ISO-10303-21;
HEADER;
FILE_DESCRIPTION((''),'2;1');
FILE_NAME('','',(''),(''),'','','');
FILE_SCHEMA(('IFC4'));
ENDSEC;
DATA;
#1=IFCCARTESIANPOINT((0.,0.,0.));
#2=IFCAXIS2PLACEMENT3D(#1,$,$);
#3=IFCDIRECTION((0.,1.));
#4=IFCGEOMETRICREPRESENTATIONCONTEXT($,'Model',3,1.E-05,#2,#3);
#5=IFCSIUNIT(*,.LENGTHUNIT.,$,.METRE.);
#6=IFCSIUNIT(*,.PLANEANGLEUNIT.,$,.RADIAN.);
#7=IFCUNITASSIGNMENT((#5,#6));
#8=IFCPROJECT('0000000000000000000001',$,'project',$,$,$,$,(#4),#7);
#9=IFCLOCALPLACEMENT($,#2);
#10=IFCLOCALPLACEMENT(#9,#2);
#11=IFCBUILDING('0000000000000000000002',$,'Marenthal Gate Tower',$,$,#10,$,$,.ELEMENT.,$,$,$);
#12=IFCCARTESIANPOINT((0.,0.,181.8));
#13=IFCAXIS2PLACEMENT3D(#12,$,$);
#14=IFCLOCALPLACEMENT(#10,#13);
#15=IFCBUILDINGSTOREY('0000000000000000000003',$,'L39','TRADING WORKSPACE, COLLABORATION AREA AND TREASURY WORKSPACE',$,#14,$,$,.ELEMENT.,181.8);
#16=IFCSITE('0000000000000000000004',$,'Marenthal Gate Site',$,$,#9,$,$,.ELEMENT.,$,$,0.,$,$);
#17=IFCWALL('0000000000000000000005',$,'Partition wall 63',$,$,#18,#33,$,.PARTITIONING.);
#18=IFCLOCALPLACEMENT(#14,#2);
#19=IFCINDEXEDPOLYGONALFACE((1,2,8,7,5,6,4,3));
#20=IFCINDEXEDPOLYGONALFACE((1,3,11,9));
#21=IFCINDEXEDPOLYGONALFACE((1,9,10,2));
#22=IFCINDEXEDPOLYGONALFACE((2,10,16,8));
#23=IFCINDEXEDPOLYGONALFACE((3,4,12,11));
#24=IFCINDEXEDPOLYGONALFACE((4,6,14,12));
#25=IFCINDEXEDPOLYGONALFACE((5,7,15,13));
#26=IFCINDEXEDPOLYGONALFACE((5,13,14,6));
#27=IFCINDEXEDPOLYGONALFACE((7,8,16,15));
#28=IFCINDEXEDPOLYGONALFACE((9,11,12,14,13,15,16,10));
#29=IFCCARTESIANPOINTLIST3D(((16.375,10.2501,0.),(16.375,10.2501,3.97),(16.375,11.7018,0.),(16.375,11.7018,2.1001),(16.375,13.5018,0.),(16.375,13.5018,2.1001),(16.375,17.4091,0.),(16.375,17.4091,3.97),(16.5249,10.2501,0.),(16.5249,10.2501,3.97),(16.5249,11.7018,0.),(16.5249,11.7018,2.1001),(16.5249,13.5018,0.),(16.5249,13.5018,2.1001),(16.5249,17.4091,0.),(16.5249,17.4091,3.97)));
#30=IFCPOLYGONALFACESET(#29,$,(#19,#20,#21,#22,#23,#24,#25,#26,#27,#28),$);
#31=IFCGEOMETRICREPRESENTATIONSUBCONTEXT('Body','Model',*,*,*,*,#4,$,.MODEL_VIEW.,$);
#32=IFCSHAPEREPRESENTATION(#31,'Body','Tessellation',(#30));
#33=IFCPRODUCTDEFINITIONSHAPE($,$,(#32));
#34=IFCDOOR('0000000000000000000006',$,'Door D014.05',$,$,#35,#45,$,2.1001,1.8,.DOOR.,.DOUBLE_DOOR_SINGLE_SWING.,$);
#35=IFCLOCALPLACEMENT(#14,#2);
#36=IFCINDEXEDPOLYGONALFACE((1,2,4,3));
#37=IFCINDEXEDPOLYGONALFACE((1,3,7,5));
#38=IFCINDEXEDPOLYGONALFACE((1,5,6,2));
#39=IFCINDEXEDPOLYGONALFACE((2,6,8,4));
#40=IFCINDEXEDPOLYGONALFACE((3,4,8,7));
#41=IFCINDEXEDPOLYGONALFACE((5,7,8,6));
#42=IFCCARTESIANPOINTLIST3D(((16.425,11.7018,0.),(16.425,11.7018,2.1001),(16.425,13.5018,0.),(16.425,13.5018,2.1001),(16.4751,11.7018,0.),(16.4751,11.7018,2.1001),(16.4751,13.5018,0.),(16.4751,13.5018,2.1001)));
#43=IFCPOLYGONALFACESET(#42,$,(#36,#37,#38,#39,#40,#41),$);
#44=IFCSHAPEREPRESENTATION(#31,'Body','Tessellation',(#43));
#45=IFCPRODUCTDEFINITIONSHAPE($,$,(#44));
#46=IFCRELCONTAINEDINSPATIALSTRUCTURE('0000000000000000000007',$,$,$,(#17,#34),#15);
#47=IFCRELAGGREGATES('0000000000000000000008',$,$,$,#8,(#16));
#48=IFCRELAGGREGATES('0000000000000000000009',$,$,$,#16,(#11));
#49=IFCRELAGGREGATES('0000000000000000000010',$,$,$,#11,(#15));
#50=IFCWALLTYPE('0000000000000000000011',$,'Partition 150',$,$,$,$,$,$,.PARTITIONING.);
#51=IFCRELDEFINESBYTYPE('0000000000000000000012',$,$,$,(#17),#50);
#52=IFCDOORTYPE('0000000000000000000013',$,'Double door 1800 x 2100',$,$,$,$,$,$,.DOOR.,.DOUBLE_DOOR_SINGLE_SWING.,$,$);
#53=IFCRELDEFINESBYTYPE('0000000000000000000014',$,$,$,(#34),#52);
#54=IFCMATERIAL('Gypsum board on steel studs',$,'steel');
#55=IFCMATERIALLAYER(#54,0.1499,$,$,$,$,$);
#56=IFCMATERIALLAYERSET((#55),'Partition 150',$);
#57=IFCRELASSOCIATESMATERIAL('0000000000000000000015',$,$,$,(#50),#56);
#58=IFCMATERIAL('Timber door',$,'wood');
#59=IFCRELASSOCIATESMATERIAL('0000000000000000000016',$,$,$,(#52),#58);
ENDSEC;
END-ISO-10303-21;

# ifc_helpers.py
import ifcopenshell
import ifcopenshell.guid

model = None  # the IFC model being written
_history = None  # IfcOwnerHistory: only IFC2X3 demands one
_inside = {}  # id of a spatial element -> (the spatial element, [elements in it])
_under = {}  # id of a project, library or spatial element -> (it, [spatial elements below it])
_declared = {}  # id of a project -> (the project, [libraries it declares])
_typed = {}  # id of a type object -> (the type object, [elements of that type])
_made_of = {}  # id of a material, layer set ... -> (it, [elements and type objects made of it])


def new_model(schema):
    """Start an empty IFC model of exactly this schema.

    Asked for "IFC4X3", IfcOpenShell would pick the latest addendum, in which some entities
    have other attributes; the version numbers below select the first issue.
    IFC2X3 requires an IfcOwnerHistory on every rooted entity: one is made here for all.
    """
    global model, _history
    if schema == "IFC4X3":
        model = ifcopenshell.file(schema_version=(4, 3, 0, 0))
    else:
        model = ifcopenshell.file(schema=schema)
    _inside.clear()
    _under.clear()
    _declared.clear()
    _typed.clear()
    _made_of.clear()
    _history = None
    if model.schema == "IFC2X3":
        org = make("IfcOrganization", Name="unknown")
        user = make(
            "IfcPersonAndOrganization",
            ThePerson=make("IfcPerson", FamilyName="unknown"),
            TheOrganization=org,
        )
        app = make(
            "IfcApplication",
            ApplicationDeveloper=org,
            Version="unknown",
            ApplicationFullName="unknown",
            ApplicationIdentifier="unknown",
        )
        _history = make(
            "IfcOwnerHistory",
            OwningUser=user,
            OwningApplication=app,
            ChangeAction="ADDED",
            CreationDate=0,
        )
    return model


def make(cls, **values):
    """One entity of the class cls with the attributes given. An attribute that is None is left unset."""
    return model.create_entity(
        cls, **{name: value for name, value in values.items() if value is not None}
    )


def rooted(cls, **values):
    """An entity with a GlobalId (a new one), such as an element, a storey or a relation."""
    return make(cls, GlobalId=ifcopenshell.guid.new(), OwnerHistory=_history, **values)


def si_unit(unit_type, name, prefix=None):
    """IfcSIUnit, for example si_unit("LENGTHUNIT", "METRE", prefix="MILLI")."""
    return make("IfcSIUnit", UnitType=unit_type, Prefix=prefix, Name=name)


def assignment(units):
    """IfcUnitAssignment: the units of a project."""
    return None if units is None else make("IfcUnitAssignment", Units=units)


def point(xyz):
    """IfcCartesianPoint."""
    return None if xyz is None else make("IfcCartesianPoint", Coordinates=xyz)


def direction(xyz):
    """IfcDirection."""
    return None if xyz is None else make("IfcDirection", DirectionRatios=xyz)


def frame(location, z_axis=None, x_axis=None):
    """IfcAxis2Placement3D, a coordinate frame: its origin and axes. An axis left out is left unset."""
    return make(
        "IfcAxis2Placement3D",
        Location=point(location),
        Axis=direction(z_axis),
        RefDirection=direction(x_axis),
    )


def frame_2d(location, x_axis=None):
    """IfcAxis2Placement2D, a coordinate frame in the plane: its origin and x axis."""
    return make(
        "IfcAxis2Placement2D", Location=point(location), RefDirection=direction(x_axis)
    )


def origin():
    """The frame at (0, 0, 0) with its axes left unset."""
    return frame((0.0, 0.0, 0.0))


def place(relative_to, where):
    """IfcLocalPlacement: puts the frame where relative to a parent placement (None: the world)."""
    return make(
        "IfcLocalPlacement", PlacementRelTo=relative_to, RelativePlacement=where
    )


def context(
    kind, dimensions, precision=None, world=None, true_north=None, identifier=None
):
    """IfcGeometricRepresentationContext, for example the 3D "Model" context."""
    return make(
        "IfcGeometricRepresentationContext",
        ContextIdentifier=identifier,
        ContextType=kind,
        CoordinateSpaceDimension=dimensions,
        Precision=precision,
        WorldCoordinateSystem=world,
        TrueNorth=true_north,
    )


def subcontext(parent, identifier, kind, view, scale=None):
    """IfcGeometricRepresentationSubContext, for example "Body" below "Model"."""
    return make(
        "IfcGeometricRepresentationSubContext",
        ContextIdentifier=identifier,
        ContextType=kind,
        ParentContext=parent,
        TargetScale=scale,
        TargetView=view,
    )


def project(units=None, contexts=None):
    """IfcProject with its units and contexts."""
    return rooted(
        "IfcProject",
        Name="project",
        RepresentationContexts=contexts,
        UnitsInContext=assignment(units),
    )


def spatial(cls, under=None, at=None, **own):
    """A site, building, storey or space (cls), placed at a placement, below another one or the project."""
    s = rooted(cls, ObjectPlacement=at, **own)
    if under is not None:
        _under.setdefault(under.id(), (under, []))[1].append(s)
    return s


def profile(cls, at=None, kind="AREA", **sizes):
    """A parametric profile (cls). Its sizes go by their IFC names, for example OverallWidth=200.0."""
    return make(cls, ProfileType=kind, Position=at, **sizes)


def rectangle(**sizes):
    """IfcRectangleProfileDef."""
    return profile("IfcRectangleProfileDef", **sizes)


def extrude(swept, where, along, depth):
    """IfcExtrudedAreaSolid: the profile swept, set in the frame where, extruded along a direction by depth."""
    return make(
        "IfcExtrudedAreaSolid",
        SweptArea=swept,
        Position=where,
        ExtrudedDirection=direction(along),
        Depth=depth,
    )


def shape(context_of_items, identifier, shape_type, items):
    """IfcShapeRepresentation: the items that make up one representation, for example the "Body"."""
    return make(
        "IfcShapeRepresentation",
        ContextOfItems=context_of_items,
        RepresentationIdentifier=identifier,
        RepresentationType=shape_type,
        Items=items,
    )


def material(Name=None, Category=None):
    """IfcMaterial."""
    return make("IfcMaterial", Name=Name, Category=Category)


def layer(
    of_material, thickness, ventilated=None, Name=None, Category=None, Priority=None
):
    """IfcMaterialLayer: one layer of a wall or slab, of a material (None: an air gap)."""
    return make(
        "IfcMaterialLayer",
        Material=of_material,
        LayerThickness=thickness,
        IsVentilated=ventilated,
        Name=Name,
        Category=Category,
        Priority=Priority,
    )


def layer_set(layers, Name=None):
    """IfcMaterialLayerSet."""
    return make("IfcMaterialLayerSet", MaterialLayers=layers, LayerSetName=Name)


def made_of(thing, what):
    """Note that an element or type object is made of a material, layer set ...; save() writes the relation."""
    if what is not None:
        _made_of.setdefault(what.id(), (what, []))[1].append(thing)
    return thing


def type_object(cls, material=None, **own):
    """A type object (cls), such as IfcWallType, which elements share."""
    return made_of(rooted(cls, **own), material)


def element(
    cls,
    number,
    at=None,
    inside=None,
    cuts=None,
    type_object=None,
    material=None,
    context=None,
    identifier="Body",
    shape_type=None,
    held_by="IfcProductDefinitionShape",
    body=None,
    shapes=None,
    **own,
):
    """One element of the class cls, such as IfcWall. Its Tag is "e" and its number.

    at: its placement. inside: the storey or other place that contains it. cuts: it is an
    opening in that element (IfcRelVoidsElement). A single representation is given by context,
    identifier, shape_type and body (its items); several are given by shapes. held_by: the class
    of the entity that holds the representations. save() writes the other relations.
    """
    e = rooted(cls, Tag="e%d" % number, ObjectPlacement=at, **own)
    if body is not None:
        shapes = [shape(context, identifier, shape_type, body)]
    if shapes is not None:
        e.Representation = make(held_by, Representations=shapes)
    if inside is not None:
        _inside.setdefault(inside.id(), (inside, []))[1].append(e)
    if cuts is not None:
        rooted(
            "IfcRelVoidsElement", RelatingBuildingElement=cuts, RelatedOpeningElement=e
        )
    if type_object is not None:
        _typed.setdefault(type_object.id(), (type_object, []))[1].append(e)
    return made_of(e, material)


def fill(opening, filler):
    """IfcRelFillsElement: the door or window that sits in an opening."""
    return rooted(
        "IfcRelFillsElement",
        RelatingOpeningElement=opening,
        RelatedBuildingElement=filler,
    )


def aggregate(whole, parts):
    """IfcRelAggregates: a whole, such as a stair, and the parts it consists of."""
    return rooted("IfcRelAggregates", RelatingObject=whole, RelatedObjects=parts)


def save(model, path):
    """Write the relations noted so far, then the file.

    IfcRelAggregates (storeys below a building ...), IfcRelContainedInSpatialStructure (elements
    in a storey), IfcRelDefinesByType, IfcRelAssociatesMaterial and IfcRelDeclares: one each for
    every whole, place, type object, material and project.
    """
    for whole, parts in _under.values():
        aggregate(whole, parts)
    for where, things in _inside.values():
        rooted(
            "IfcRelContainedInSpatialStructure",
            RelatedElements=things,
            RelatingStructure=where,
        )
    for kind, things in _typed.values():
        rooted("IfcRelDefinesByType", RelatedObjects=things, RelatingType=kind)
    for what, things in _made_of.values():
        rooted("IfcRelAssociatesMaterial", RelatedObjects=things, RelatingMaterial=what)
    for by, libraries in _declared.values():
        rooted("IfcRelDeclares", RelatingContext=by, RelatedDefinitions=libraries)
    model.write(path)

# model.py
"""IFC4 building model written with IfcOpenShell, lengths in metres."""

from ifc_helpers import new_model, si_unit, direction, frame, frame_2d, origin, place, context, subcontext, project, spatial, rectangle, extrude, material, layer, layer_set, type_object, element, fill, save


model = new_model("IFC4")

# Units and contexts
model_context = context("Model", 3, precision=1e-05, world=origin(), true_north=direction((0.0, 1.0)))
body_context = subcontext(model_context, "Body", "Model", "MODEL_VIEW")
ifc_project = project(units=[si_unit("LENGTHUNIT", "METRE"), si_unit("PLANEANGLEUNIT", "RADIAN")], contexts=[model_context])

# Site, building, storey
site_placement = place(None, origin())
site = spatial("IfcSite", under=ifc_project, at=site_placement, Name="Marenthal Gate Site", CompositionType="ELEMENT", RefElevation=0.0)
building_placement = place(site_placement, origin())
building = spatial("IfcBuilding", under=site, at=building_placement, Name="Marenthal Gate Tower", CompositionType="ELEMENT")
storey_placement = place(building_placement, frame((0.0, 0.0, 181.8)))
storey = spatial("IfcBuildingStorey", under=building, at=storey_placement, Name="L39", Description="TRADING WORKSPACE, COLLABORATION AREA AND TREASURY WORKSPACE", CompositionType="ELEMENT", Elevation=181.8)

# Wall, opening, door
ifc_material_1 = material(Name="Gypsum board on steel studs", Category="steel")
ifc_layer_1 = layer(ifc_material_1, 0.1499)
ifc_layer_set_1 = layer_set([ifc_layer_1], Name="Partition 150")
wall_type_1 = type_object("IfcWallType", Name="Partition 150", PredefinedType="PARTITIONING", material=ifc_layer_set_1)
wall_1_placement = place(storey_placement, frame((16.45, 10.25, 0.0), z_axis=(0.0, 0.0, 1.0), x_axis=(0.0, 1.0, 0.0)))
wall_1 = element("IfcWall", 1, at=wall_1_placement, inside=storey, type_object=wall_type_1, Name="Partition wall 63", PredefinedType="PARTITIONING", context=body_context, shape_type="SweptSolid", body=[
    extrude(rectangle(XDim=7.1589, YDim=0.1499, at=frame_2d((3.5796, 0.0))), origin(), (0.0, 0.0, 1.0), 3.97),
])
opening_placement = place(wall_1_placement, frame((1.4519, 0.0, 0.0)))
opening = element("IfcOpeningElement", 2, at=opening_placement, cuts=wall_1, PredefinedType="OPENING", context=body_context, shape_type="SweptSolid", body=[
    extrude(rectangle(XDim=1.8, YDim=2.1001, at=frame_2d((0.8999, 1.05))), frame((0.0, 0.085, 0.0), z_axis=(0.0, -1.0, 0.0), x_axis=(1.0, 0.0, 0.0)), (0.0, 0.0, 1.0), 0.1699),
])
ifc_material_2 = material(Name="Timber door", Category="wood")
door_type = type_object("IfcDoorType", Name="Double door 1800 x 2100", OperationType="DOUBLE_DOOR_SINGLE_SWING", PredefinedType="DOOR", material=ifc_material_2)
door_placement = place(opening_placement, origin())
door = element("IfcDoor", 3, at=door_placement, inside=storey, type_object=door_type, Name="Door D014.05", OperationType="DOUBLE_DOOR_SINGLE_SWING", OverallHeight=2.1001, OverallWidth=1.8, PredefinedType="DOOR", context=body_context, shape_type="SweptSolid", body=[
    extrude(rectangle(XDim=1.8, YDim=2.1001, at=frame_2d((0.8999, 1.05))), frame((0.0, 0.0249, 0.0), z_axis=(0.0, -1.0, 0.0), x_axis=(1.0, 0.0, 0.0)), (0.0, 0.0, 1.0), 0.05),
])
fill(opening, door)

save(model, "model.ifc")
